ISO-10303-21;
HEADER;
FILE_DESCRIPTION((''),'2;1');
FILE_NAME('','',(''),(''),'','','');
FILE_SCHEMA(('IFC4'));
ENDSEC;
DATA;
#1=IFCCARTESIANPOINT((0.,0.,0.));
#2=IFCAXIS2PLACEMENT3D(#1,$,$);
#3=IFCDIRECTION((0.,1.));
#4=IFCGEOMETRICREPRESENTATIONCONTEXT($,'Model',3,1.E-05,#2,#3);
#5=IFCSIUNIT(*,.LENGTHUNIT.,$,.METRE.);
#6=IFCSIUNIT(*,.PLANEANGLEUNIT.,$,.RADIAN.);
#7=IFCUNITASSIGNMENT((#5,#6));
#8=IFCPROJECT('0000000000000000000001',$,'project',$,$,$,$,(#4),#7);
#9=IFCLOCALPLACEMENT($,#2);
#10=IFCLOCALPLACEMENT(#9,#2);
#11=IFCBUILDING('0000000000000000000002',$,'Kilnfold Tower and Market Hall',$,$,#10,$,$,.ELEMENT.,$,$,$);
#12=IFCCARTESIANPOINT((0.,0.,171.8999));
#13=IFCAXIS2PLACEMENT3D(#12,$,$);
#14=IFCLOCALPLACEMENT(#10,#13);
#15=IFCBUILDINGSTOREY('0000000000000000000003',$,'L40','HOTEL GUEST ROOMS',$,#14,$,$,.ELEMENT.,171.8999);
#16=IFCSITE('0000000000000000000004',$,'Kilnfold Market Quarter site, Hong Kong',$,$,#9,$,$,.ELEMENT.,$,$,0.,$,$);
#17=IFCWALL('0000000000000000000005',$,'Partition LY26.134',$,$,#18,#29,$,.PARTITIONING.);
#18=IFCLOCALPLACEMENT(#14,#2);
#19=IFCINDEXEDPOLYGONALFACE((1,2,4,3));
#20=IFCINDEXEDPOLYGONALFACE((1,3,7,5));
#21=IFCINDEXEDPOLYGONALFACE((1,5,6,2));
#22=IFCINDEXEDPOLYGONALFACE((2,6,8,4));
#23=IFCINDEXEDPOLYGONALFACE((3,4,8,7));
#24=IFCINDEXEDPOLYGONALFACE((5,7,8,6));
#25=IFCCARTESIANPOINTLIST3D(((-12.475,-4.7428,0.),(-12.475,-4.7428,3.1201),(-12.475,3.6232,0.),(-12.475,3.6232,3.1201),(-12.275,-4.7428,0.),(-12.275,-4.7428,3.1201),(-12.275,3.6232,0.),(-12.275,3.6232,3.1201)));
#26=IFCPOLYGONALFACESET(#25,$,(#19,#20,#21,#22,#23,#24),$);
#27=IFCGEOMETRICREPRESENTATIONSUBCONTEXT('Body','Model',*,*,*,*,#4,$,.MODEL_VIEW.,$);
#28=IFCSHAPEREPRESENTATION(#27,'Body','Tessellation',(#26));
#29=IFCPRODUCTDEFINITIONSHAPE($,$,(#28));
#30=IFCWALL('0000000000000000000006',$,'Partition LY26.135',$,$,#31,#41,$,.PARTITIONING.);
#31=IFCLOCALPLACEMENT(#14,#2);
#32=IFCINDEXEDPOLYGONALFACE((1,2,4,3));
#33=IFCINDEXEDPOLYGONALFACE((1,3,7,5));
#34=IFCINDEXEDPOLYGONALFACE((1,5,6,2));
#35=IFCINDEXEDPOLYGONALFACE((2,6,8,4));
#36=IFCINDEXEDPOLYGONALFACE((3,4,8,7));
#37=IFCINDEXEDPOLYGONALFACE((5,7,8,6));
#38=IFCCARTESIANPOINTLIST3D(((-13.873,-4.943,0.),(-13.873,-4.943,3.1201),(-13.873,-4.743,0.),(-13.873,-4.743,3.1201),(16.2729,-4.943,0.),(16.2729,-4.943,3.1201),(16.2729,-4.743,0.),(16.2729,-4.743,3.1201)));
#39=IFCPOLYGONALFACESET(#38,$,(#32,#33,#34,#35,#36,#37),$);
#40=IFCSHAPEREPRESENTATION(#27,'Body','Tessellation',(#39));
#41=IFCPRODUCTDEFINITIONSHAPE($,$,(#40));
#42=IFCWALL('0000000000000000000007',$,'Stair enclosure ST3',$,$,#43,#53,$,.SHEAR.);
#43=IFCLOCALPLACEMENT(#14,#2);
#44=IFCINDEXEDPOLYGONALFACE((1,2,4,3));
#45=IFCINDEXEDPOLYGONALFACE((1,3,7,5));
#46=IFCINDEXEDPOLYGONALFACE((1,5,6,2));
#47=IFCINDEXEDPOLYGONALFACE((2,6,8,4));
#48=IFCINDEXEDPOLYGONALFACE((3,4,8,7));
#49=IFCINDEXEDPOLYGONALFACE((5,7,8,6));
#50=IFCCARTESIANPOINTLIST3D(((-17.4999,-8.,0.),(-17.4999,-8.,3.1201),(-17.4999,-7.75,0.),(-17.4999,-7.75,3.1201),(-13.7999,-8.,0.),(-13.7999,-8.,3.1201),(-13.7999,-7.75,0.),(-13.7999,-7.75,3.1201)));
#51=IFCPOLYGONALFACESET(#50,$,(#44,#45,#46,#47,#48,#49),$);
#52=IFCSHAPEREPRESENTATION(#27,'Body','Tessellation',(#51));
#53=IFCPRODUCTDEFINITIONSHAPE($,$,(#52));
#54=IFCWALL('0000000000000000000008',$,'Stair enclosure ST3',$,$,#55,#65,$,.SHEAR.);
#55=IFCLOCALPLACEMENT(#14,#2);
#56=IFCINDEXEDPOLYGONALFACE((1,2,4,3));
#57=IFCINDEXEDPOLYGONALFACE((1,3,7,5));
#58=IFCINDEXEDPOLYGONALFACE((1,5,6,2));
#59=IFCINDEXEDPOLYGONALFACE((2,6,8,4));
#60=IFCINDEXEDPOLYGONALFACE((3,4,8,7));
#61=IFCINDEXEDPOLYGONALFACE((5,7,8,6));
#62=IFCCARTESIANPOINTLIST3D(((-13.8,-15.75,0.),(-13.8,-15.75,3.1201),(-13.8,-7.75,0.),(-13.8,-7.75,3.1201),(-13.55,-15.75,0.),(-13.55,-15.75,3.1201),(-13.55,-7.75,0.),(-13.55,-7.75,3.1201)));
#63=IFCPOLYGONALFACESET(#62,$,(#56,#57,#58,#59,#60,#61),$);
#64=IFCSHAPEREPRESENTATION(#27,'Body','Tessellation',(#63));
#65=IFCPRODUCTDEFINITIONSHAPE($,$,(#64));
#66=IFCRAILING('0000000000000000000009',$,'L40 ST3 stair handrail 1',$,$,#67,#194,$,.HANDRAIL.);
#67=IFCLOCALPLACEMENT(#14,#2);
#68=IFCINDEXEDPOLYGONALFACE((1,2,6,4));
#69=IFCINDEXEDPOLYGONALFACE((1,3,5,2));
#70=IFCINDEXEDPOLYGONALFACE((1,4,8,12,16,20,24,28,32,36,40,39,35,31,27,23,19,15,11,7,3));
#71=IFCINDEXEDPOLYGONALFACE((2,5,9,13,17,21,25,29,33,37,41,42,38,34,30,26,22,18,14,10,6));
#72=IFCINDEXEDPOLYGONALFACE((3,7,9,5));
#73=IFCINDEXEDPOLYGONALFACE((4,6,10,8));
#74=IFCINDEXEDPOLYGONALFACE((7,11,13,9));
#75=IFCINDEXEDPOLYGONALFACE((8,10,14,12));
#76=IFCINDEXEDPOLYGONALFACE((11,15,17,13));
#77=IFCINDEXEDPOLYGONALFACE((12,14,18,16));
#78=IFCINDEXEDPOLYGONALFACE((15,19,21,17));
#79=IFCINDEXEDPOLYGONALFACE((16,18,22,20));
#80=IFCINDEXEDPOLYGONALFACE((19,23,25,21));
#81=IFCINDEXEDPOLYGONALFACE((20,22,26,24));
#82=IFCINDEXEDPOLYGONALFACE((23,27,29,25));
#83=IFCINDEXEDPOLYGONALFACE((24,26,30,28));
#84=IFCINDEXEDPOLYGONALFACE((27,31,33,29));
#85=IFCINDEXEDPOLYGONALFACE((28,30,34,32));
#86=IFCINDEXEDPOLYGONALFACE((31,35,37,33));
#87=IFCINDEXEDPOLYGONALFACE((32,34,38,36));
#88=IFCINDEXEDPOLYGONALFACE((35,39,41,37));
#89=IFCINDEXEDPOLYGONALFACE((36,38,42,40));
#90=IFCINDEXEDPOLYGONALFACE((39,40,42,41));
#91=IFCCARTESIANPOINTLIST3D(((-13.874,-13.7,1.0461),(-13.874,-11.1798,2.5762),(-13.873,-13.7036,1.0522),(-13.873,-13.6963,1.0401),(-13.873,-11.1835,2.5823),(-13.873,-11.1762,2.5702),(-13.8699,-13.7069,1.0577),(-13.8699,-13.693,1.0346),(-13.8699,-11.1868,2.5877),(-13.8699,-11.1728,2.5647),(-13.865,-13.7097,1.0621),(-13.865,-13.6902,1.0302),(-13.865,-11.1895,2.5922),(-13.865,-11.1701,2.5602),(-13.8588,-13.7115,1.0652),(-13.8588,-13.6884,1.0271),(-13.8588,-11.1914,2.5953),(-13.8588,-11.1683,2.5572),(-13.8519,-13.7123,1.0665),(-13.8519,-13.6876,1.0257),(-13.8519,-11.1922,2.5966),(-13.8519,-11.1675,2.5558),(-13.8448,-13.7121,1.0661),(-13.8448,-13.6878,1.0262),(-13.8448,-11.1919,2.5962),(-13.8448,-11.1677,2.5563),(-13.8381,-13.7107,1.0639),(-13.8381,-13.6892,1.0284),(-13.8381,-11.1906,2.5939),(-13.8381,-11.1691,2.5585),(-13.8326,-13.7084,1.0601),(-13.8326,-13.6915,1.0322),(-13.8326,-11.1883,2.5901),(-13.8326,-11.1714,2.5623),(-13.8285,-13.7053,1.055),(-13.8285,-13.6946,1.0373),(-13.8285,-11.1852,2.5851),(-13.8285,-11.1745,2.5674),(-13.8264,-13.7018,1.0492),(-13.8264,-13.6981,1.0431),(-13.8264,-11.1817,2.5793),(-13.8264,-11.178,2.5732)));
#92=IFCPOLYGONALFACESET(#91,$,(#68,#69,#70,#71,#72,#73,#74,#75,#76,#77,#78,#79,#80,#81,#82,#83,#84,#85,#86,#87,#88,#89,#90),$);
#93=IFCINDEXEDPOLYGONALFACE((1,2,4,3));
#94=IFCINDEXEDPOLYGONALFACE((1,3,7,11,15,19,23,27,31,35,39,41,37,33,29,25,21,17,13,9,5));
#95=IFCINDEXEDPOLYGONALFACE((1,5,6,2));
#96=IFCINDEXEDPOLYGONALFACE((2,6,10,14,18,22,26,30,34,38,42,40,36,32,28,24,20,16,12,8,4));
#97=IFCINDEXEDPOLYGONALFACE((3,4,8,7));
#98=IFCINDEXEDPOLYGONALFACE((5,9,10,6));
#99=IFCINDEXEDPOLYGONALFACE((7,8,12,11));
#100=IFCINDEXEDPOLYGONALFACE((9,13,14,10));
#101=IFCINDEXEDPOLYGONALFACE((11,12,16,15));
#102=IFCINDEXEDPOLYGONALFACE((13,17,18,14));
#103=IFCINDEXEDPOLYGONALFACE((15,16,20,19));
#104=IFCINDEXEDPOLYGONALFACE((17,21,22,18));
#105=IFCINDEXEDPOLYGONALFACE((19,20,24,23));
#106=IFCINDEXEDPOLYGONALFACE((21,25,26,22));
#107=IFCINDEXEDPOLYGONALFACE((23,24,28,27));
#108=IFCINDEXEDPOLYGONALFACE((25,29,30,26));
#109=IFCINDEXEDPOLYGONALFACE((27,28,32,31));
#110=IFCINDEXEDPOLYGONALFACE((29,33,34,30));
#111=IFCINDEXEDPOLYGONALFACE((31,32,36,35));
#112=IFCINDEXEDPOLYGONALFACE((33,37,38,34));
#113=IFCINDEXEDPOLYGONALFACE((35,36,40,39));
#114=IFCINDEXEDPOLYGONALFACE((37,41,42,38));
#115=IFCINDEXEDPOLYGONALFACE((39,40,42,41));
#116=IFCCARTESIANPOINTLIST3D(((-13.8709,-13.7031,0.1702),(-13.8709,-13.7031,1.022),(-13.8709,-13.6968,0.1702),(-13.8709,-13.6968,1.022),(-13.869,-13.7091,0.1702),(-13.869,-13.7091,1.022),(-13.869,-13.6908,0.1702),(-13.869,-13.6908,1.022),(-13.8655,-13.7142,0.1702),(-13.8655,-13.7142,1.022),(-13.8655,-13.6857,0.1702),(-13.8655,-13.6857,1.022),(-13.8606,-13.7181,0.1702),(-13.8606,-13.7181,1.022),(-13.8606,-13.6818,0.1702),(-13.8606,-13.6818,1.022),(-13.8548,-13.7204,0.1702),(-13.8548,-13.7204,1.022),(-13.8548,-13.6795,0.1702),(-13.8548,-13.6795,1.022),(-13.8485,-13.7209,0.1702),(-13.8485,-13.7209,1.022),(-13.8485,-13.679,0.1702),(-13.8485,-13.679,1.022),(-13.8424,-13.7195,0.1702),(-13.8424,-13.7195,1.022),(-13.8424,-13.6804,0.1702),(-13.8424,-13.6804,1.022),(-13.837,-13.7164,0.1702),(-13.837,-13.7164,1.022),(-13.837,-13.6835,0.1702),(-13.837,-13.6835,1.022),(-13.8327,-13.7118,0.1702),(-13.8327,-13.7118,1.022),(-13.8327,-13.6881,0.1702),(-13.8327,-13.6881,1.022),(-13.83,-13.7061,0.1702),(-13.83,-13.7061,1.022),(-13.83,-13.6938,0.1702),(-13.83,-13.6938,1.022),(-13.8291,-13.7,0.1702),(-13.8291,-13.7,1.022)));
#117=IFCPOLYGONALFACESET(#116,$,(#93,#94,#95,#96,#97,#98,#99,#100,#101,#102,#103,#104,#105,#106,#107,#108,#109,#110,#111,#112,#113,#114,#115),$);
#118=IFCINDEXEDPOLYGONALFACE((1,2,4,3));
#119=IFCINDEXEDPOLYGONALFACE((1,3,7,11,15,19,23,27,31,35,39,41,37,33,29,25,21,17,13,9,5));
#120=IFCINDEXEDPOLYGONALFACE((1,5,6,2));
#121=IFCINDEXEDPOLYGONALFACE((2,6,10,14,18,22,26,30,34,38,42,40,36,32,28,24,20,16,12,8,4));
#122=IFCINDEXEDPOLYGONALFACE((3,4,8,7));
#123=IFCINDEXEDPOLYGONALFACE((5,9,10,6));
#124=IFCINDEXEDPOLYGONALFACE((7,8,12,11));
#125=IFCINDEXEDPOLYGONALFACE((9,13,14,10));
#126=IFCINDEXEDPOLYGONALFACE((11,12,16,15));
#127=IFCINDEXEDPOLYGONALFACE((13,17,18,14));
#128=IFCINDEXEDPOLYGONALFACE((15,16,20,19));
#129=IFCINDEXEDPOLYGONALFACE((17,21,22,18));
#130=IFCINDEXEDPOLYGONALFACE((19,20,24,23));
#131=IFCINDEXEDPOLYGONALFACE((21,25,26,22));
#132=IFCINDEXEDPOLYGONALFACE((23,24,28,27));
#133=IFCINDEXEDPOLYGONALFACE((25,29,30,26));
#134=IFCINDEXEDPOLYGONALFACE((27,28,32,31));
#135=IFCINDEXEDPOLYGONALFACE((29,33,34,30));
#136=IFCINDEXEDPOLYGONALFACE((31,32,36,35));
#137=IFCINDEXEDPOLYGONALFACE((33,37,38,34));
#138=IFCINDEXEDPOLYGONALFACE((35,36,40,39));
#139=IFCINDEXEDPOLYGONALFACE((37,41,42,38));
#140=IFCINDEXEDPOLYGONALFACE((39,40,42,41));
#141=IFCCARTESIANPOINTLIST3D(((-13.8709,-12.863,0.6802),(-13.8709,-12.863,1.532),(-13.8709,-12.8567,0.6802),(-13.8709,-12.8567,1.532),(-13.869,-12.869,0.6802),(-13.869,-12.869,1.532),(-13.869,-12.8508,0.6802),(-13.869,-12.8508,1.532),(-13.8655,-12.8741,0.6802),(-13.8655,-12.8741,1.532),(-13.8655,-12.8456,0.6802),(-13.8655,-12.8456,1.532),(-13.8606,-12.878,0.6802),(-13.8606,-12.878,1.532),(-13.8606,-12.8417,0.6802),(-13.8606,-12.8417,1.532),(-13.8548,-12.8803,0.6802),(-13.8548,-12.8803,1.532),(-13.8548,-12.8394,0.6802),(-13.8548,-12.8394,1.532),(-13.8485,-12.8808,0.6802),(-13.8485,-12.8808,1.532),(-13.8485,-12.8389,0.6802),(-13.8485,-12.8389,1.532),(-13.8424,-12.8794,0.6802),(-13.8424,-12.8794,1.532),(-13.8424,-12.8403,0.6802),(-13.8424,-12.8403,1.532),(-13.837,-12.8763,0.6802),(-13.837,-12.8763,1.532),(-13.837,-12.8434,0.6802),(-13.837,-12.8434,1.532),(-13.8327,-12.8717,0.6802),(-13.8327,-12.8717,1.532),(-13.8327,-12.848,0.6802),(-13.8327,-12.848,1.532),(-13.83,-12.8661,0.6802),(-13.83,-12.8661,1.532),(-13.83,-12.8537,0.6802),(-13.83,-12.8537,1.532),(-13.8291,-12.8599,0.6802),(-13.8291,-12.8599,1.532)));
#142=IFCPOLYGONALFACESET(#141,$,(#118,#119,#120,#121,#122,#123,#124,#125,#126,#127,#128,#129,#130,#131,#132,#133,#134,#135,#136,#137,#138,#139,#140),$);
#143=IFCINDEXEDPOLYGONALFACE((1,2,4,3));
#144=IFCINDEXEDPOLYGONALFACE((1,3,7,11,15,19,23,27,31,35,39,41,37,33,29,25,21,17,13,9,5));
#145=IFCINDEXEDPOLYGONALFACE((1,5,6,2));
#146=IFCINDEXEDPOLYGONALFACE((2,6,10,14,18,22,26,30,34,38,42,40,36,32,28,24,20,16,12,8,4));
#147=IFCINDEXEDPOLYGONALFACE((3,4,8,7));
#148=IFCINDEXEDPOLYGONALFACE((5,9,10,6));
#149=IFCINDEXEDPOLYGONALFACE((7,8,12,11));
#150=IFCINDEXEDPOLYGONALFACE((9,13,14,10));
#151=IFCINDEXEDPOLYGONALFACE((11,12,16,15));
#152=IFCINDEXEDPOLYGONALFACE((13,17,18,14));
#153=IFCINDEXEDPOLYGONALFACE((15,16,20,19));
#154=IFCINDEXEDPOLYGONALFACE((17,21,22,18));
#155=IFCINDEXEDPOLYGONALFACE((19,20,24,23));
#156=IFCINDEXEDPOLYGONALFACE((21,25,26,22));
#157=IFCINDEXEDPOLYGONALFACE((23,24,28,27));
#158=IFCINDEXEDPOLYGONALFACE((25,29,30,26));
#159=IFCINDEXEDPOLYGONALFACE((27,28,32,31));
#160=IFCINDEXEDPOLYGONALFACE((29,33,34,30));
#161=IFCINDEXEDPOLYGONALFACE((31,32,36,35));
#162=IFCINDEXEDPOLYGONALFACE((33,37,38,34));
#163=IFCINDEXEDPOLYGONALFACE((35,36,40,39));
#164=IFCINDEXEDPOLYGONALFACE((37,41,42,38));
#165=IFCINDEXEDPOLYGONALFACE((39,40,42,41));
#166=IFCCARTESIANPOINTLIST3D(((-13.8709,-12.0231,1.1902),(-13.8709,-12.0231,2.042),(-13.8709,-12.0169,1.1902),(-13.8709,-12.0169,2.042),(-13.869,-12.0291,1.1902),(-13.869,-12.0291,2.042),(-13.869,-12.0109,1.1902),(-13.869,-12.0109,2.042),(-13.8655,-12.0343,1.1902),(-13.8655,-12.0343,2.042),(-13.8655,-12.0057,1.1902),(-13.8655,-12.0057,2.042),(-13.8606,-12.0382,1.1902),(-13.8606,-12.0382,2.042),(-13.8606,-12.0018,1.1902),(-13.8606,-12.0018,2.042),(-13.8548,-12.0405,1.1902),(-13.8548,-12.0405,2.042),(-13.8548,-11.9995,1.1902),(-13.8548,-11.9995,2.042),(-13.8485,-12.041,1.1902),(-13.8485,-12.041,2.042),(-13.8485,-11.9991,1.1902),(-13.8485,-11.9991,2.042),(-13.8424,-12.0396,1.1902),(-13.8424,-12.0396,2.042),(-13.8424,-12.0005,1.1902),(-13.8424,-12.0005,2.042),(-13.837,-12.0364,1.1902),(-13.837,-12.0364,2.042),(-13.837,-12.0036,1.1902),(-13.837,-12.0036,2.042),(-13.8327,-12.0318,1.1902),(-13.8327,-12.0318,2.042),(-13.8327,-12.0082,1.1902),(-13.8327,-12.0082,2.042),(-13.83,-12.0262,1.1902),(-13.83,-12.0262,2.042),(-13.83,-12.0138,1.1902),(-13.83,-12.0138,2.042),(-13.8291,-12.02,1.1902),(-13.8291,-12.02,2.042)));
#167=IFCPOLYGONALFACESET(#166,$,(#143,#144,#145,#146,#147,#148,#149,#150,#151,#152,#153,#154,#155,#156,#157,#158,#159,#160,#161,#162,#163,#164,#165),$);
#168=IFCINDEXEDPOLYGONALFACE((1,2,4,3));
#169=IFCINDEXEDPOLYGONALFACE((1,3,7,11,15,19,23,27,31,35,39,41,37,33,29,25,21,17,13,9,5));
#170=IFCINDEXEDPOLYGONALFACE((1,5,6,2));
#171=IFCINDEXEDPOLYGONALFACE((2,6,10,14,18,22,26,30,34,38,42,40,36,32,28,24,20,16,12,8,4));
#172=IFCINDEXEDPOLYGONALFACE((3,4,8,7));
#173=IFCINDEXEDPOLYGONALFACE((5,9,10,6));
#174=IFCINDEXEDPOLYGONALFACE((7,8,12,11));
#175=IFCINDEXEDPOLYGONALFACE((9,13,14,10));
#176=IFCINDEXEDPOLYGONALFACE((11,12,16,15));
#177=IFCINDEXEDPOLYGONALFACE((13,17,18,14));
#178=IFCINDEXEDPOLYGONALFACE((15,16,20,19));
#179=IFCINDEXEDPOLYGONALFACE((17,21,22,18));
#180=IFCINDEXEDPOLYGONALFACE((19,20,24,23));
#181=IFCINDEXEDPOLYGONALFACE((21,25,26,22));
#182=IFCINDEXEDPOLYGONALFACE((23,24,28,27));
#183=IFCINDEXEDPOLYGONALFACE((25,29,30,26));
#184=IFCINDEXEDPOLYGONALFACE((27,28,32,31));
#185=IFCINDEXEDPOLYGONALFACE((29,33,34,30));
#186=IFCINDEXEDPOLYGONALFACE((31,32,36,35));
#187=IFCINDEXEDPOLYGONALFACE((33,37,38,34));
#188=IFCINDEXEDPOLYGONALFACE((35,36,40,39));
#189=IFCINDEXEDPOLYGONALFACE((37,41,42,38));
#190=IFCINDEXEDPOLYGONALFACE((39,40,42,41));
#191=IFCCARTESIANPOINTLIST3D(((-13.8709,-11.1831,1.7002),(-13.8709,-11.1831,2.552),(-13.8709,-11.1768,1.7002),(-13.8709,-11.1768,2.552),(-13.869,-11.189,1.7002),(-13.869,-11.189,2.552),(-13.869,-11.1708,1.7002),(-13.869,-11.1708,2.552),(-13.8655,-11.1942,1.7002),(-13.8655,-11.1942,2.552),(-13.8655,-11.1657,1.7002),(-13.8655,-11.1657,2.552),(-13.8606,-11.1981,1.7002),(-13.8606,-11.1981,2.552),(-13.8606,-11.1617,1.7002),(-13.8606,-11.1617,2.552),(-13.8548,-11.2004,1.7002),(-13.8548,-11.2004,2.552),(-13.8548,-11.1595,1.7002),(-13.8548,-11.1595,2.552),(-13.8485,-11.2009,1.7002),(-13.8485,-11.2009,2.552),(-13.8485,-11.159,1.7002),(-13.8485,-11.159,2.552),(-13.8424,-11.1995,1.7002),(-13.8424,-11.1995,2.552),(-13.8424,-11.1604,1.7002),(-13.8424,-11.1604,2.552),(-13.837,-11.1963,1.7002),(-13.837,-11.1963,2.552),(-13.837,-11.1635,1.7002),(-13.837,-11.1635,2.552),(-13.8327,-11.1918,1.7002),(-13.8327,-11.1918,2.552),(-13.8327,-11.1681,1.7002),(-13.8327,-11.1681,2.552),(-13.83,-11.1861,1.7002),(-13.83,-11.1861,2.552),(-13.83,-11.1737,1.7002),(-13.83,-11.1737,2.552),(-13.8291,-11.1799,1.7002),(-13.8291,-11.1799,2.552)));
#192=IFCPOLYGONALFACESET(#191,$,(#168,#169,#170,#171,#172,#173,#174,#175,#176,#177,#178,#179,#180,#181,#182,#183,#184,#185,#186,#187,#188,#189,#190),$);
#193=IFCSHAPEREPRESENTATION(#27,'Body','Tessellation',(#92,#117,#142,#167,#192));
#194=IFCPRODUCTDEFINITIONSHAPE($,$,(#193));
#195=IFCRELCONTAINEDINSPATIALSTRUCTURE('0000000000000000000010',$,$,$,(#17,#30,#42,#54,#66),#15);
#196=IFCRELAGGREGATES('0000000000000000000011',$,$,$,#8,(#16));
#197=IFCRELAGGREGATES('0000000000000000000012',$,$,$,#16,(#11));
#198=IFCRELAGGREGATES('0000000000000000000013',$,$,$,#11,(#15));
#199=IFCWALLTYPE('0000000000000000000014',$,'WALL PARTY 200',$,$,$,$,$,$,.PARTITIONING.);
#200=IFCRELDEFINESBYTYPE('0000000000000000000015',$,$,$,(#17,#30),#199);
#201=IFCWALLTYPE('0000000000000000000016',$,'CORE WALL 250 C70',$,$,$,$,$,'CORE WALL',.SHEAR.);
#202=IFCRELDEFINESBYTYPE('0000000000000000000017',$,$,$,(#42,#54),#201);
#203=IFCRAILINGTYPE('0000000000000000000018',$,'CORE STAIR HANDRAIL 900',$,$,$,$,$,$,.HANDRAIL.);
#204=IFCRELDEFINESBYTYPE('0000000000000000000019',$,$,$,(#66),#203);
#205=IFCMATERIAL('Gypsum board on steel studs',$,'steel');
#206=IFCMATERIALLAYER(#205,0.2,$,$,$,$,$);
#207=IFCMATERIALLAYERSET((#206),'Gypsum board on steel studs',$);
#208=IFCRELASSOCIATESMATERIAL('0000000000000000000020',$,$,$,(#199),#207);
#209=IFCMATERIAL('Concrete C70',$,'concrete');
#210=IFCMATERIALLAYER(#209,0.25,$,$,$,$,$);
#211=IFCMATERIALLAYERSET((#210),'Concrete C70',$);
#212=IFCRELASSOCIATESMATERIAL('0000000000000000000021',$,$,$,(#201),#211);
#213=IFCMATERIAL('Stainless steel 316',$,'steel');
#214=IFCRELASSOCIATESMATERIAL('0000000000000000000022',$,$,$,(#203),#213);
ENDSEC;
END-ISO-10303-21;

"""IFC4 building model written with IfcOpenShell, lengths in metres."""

from ifc_helpers import new_model, si_unit, direction, frame, frame_2d, origin, origin_2d, place, context, subcontext, project, spatial, rectangle, circle, extrude, source, transform, mapped, material, layer, layer_set, type_object, element, save


model = new_model("IFC4")

# Units and contexts
model_context = context("Model", 3, precision=1e-05, world=origin(), true_north=direction((0.0, 1.0)))
body_context = subcontext(model_context, "Body", "Model", "MODEL_VIEW")
ifc_project = project(units=[si_unit("LENGTHUNIT", "METRE"), si_unit("PLANEANGLEUNIT", "RADIAN")], contexts=[model_context])

# Site, building, storey
site_placement = place(None, origin())
site = spatial("IfcSite", under=ifc_project, at=site_placement, Name="Kilnfold Market Quarter site, Hong Kong", CompositionType="ELEMENT", RefElevation=0.0)
building_placement = place(site_placement, origin())
building = spatial("IfcBuilding", under=site, at=building_placement, Name="Kilnfold Tower and Market Hall", CompositionType="ELEMENT")
storey_placement = place(building_placement, frame((0.0, 0.0, 171.8999)))
storey = spatial("IfcBuildingStorey", under=building, at=storey_placement, Name="L40", Description="HOTEL GUEST ROOMS", CompositionType="ELEMENT", Elevation=171.8999)

# Walls
ifc_material_1 = material(Name="Gypsum board on steel studs", Category="steel")
ifc_layer_1 = layer(ifc_material_1, 0.2)
ifc_layer_set_1 = layer_set([ifc_layer_1], Name="Gypsum board on steel studs")
wall_type_1 = type_object("IfcWallType", Name="WALL PARTY 200", PredefinedType="PARTITIONING", material=ifc_layer_set_1)
wall_1_placement = place(storey_placement, frame((-12.375, -4.7429, 0.0), z_axis=(0.0, 0.0, 1.0), x_axis=(0.0, 1.0, 0.0)))
element("IfcWall", 1, at=wall_1_placement, inside=storey, type_object=wall_type_1, Name="Partition LY26.134", PredefinedType="PARTITIONING", context=body_context, shape_type="SweptSolid", body=[
    extrude(rectangle(XDim=8.366, YDim=0.2, at=frame_2d((4.1831, 0.0))), origin(), (0.0, 0.0, 1.0), 3.1201),
])
wall_2_placement = place(storey_placement, frame((-13.873, -4.843, 0.0), z_axis=(0.0, 0.0, 1.0), x_axis=(1.0, 0.0, 0.0)))
element("IfcWall", 2, at=wall_2_placement, inside=storey, type_object=wall_type_1, Name="Partition LY26.135", PredefinedType="PARTITIONING", context=body_context, shape_type="SweptSolid", body=[
    extrude(rectangle(XDim=30.146, YDim=0.2, at=frame_2d((15.073, 0.0))), origin(), (0.0, 0.0, 1.0), 3.1201),
])
ifc_material_2 = material(Name="Concrete C70", Category="concrete")
ifc_layer_2 = layer(ifc_material_2, 0.25)
ifc_layer_set_2 = layer_set([ifc_layer_2], Name="Concrete C70")
wall_type_2 = type_object("IfcWallType", Name="CORE WALL 250 C70", ElementType="CORE WALL", PredefinedType="SHEAR", material=ifc_layer_set_2)
shared_shape_1 = source(origin(), body_context, "Body", "SweptSolid", [
    extrude(rectangle(XDim=3.7, YDim=0.25, at=frame_2d((1.8501, 0.0))), origin(), (0.0, 0.0, 1.0), 3.1201),
])
wall_3_placement = place(storey_placement, frame((-17.5, -7.875, 0.0), z_axis=(0.0, 0.0, 1.0), x_axis=(1.0, 0.0, 0.0)))
element("IfcWall", 3, at=wall_3_placement, inside=storey, type_object=wall_type_2, Name="Stair enclosure ST3", PredefinedType="SHEAR", context=body_context, shape_type="MappedRepresentation", body=[
    mapped(shared_shape_1, transform((0.0, 0.0, 0.0))),
])
shared_shape_2 = source(origin(), body_context, "Body", "SweptSolid", [
    extrude(rectangle(XDim=8.0, YDim=0.25, at=frame_2d((4.0, 0.0))), origin(), (0.0, 0.0, 1.0), 3.1201),
])
wall_4_placement = place(storey_placement, frame((-13.675, -15.75, 0.0), z_axis=(0.0, 0.0, 1.0), x_axis=(0.0, 1.0, 0.0)))
element("IfcWall", 4, at=wall_4_placement, inside=storey, type_object=wall_type_2, Name="Stair enclosure ST3", PredefinedType="SHEAR", context=body_context, shape_type="MappedRepresentation", body=[
    mapped(shared_shape_2, transform((0.0, 0.0, 0.0))),
])

# Railing
ifc_material_3 = material(Name="Stainless steel 316", Category="steel")
railing_type_1 = type_object("IfcRailingType", Name="CORE STAIR HANDRAIL 900", PredefinedType="HANDRAIL", material=ifc_material_3)
railing_1_placement = place(storey_placement, frame((-13.8501, -13.7, 0.1702)))
element("IfcRailing", 5, at=railing_1_placement, inside=storey, type_object=railing_type_1, Name="L40 ST3 stair handrail 1", PredefinedType="HANDRAIL", context=body_context, shape_type="SweptSolid", body=[
    extrude(circle(Radius=0.0239, at=origin_2d()), frame((0.0, 0.0, 0.876), z_axis=(0.0, 0.854785, 0.518982), x_axis=(-1.0, 0.0, 0.0)), (0.0, 0.0, 1.0), 2.9482),
    extrude(circle(Radius=0.021, at=origin_2d()), origin(), (0.0, 0.0, 1.0), 0.8518),
    extrude(circle(Radius=0.021, at=origin_2d()), frame((0.0, 0.8401, 0.51)), (0.0, 0.0, 1.0), 0.8518),
    extrude(circle(Radius=0.021, at=origin_2d()), frame((0.0, 1.6799, 1.02)), (0.0, 0.0, 1.0), 0.8518),
    extrude(circle(Radius=0.021, at=origin_2d()), frame((0.0, 2.52, 1.53)), (0.0, 0.0, 1.0), 0.8518),
])

save(model, "model.ifc")
